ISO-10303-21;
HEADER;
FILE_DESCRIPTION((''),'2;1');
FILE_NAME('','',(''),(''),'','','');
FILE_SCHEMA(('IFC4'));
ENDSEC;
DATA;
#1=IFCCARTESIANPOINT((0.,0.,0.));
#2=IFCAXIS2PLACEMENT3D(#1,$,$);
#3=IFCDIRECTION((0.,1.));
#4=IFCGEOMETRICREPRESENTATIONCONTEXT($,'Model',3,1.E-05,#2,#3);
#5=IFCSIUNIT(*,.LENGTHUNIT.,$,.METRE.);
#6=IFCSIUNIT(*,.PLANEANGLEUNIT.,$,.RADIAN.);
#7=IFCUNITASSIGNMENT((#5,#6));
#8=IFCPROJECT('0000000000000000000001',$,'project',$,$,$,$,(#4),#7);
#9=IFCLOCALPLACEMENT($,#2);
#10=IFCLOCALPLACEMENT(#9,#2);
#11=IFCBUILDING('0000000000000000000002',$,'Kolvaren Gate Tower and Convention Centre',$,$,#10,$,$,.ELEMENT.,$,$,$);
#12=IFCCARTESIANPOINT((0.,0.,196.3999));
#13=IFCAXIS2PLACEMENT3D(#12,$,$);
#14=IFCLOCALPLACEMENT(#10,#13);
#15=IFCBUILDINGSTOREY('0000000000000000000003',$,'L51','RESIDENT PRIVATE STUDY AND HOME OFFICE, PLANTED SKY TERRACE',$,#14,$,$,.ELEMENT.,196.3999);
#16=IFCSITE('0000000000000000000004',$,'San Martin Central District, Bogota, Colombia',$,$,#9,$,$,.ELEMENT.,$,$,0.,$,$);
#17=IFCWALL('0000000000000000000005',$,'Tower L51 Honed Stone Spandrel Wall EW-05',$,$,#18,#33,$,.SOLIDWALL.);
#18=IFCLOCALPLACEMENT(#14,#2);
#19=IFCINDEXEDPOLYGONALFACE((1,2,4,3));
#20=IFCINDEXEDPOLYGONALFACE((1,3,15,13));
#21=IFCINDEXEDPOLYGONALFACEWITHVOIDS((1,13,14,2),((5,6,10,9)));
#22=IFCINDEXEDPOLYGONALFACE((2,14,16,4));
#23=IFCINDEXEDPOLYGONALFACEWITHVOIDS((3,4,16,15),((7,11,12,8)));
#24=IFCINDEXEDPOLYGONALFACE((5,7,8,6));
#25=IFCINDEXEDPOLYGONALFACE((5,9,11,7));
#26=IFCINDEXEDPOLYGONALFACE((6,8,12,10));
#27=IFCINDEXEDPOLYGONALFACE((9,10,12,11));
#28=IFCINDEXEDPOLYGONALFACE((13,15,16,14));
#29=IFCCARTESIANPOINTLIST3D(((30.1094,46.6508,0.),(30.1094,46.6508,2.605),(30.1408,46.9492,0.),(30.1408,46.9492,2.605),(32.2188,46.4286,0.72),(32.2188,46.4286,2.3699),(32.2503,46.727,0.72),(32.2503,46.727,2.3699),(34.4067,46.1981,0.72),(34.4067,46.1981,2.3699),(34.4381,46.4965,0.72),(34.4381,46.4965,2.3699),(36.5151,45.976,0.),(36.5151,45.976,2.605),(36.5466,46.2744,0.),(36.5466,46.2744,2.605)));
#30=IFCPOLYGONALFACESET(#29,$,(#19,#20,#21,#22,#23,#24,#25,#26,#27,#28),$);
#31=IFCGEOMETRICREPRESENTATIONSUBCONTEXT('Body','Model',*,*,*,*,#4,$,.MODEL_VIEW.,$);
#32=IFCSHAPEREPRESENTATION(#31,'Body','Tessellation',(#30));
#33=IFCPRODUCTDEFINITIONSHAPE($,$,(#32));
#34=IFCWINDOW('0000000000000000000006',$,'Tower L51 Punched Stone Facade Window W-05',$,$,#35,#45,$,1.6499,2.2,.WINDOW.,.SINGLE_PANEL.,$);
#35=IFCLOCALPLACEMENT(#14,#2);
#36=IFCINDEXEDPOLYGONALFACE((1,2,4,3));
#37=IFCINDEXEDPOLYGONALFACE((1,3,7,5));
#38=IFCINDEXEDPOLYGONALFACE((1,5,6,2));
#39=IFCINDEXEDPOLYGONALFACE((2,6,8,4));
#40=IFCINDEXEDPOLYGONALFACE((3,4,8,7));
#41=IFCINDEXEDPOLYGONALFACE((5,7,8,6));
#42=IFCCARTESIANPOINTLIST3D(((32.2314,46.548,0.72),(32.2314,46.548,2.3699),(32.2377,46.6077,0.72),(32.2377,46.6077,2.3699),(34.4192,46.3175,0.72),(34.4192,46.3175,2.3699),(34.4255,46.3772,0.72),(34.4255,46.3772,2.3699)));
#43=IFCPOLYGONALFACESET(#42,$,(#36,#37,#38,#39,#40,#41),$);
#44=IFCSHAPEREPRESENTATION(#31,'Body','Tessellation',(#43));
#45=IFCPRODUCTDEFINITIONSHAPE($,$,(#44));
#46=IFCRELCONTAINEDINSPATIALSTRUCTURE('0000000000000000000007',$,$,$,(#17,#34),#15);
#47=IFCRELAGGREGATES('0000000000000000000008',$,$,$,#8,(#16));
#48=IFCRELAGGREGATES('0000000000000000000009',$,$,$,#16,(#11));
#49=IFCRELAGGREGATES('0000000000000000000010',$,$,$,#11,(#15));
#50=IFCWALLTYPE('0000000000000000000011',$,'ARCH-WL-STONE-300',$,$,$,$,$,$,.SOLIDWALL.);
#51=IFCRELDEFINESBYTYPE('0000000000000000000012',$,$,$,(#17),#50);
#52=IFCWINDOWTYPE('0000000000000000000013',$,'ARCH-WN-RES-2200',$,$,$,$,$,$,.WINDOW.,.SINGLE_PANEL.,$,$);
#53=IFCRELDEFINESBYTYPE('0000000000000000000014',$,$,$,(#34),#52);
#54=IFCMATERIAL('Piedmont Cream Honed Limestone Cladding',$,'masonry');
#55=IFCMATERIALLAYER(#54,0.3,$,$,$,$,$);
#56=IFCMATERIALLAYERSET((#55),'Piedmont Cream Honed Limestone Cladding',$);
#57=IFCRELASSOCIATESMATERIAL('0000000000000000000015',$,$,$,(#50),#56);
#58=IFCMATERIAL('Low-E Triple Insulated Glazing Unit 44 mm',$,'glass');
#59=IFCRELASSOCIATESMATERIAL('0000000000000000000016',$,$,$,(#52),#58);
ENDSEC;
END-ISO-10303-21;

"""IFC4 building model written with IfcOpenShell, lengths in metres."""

from ifc_helpers import new_model, si_unit, direction, frame, frame_2d, origin, place, context, subcontext, project, spatial, rectangle, extrude, material, layer, layer_set, type_object, element, fill, save


model = new_model("IFC4")

# Units and contexts
model_context = context("Model", 3, precision=1e-05, world=origin(), true_north=direction((0.0, 1.0)))
body_context = subcontext(model_context, "Body", "Model", "MODEL_VIEW")
ifc_project = project(units=[si_unit("LENGTHUNIT", "METRE"), si_unit("PLANEANGLEUNIT", "RADIAN")], contexts=[model_context])

# Site, building, storey
site_placement = place(None, origin())
site = spatial("IfcSite", under=ifc_project, at=site_placement, Name="San Martin Central District, Bogota, Colombia", CompositionType="ELEMENT", RefElevation=0.0)
building_placement = place(site_placement, origin())
building = spatial("IfcBuilding", under=site, at=building_placement, Name="Kolvaren Gate Tower and Convention Centre", CompositionType="ELEMENT")
storey_placement = place(building_placement, frame((0.0, 0.0, 196.3999)))
storey = spatial("IfcBuildingStorey", under=building, at=storey_placement, Name="L51", Description="RESIDENT PRIVATE STUDY AND HOME OFFICE, PLANTED SKY TERRACE", CompositionType="ELEMENT", Elevation=196.3999)

# Wall, opening, window
ifc_material_1 = material(Name="Piedmont Cream Honed Limestone Cladding", Category="masonry")
ifc_layer_1 = layer(ifc_material_1, 0.3)
ifc_layer_set_1 = layer_set([ifc_layer_1], Name="Piedmont Cream Honed Limestone Cladding")
wall_type_1 = type_object("IfcWallType", Name="ARCH-WL-STONE-300", PredefinedType="SOLIDWALL", material=ifc_layer_set_1)
ifc_material_2 = material(Name="Low-E Triple Insulated Glazing Unit 44 mm", Category="glass")
window_type = type_object("IfcWindowType", Name="ARCH-WN-RES-2200", PartitioningType="SINGLE_PANEL", PredefinedType="WINDOW", material=ifc_material_2)
wall_1_placement = place(storey_placement, frame((30.125, 46.8, 0.0), z_axis=(0.0, 0.0, 1.0), x_axis=(0.994497, -0.104764, 0.0)))
wall_1 = element("IfcWall", 1, at=wall_1_placement, inside=storey, type_object=wall_type_1, Name="Tower L51 Honed Stone Spandrel Wall EW-05", PredefinedType="SOLIDWALL", context=body_context, shape_type="SweptSolid", body=[
    extrude(rectangle(XDim=6.4412, YDim=0.3, at=frame_2d((3.2207, 0.0))), origin(), (0.0, 0.0, 1.0), 2.605),
])
opening_1_placement = place(wall_1_placement, frame((2.1211, 0.0, 0.72)))
opening_1 = element("IfcOpeningElement", 2, at=opening_1_placement, cuts=wall_1, PredefinedType="OPENING", context=body_context, shape_type="SweptSolid", body=[
    extrude(rectangle(XDim=2.2, YDim=1.6499, at=frame_2d((1.1001, 0.825))), frame((0.0, 0.1599, 0.0), z_axis=(0.0, -1.0, 0.0), x_axis=(1.0, 0.0, 0.0)), (0.0, 0.0, 1.0), 0.3201),
])
window_1_placement = place(opening_1_placement, origin())
window_1 = element("IfcWindow", 3, at=window_1_placement, inside=storey, type_object=window_type, Name="Tower L51 Punched Stone Facade Window W-05", OverallHeight=1.6499, OverallWidth=2.2, PartitioningType="SINGLE_PANEL", PredefinedType="WINDOW", context=body_context, shape_type="SweptSolid", body=[
    extrude(rectangle(XDim=2.2, YDim=1.6499, at=frame_2d((1.1001, 0.825))), frame((0.0, 0.03, 0.0), z_axis=(0.0, -1.0, 0.0), x_axis=(1.0, 0.0, 0.0)), (0.0, 0.0, 1.0), 0.0601),
])
fill(opening_1, window_1)

save(model, "model.ifc")
